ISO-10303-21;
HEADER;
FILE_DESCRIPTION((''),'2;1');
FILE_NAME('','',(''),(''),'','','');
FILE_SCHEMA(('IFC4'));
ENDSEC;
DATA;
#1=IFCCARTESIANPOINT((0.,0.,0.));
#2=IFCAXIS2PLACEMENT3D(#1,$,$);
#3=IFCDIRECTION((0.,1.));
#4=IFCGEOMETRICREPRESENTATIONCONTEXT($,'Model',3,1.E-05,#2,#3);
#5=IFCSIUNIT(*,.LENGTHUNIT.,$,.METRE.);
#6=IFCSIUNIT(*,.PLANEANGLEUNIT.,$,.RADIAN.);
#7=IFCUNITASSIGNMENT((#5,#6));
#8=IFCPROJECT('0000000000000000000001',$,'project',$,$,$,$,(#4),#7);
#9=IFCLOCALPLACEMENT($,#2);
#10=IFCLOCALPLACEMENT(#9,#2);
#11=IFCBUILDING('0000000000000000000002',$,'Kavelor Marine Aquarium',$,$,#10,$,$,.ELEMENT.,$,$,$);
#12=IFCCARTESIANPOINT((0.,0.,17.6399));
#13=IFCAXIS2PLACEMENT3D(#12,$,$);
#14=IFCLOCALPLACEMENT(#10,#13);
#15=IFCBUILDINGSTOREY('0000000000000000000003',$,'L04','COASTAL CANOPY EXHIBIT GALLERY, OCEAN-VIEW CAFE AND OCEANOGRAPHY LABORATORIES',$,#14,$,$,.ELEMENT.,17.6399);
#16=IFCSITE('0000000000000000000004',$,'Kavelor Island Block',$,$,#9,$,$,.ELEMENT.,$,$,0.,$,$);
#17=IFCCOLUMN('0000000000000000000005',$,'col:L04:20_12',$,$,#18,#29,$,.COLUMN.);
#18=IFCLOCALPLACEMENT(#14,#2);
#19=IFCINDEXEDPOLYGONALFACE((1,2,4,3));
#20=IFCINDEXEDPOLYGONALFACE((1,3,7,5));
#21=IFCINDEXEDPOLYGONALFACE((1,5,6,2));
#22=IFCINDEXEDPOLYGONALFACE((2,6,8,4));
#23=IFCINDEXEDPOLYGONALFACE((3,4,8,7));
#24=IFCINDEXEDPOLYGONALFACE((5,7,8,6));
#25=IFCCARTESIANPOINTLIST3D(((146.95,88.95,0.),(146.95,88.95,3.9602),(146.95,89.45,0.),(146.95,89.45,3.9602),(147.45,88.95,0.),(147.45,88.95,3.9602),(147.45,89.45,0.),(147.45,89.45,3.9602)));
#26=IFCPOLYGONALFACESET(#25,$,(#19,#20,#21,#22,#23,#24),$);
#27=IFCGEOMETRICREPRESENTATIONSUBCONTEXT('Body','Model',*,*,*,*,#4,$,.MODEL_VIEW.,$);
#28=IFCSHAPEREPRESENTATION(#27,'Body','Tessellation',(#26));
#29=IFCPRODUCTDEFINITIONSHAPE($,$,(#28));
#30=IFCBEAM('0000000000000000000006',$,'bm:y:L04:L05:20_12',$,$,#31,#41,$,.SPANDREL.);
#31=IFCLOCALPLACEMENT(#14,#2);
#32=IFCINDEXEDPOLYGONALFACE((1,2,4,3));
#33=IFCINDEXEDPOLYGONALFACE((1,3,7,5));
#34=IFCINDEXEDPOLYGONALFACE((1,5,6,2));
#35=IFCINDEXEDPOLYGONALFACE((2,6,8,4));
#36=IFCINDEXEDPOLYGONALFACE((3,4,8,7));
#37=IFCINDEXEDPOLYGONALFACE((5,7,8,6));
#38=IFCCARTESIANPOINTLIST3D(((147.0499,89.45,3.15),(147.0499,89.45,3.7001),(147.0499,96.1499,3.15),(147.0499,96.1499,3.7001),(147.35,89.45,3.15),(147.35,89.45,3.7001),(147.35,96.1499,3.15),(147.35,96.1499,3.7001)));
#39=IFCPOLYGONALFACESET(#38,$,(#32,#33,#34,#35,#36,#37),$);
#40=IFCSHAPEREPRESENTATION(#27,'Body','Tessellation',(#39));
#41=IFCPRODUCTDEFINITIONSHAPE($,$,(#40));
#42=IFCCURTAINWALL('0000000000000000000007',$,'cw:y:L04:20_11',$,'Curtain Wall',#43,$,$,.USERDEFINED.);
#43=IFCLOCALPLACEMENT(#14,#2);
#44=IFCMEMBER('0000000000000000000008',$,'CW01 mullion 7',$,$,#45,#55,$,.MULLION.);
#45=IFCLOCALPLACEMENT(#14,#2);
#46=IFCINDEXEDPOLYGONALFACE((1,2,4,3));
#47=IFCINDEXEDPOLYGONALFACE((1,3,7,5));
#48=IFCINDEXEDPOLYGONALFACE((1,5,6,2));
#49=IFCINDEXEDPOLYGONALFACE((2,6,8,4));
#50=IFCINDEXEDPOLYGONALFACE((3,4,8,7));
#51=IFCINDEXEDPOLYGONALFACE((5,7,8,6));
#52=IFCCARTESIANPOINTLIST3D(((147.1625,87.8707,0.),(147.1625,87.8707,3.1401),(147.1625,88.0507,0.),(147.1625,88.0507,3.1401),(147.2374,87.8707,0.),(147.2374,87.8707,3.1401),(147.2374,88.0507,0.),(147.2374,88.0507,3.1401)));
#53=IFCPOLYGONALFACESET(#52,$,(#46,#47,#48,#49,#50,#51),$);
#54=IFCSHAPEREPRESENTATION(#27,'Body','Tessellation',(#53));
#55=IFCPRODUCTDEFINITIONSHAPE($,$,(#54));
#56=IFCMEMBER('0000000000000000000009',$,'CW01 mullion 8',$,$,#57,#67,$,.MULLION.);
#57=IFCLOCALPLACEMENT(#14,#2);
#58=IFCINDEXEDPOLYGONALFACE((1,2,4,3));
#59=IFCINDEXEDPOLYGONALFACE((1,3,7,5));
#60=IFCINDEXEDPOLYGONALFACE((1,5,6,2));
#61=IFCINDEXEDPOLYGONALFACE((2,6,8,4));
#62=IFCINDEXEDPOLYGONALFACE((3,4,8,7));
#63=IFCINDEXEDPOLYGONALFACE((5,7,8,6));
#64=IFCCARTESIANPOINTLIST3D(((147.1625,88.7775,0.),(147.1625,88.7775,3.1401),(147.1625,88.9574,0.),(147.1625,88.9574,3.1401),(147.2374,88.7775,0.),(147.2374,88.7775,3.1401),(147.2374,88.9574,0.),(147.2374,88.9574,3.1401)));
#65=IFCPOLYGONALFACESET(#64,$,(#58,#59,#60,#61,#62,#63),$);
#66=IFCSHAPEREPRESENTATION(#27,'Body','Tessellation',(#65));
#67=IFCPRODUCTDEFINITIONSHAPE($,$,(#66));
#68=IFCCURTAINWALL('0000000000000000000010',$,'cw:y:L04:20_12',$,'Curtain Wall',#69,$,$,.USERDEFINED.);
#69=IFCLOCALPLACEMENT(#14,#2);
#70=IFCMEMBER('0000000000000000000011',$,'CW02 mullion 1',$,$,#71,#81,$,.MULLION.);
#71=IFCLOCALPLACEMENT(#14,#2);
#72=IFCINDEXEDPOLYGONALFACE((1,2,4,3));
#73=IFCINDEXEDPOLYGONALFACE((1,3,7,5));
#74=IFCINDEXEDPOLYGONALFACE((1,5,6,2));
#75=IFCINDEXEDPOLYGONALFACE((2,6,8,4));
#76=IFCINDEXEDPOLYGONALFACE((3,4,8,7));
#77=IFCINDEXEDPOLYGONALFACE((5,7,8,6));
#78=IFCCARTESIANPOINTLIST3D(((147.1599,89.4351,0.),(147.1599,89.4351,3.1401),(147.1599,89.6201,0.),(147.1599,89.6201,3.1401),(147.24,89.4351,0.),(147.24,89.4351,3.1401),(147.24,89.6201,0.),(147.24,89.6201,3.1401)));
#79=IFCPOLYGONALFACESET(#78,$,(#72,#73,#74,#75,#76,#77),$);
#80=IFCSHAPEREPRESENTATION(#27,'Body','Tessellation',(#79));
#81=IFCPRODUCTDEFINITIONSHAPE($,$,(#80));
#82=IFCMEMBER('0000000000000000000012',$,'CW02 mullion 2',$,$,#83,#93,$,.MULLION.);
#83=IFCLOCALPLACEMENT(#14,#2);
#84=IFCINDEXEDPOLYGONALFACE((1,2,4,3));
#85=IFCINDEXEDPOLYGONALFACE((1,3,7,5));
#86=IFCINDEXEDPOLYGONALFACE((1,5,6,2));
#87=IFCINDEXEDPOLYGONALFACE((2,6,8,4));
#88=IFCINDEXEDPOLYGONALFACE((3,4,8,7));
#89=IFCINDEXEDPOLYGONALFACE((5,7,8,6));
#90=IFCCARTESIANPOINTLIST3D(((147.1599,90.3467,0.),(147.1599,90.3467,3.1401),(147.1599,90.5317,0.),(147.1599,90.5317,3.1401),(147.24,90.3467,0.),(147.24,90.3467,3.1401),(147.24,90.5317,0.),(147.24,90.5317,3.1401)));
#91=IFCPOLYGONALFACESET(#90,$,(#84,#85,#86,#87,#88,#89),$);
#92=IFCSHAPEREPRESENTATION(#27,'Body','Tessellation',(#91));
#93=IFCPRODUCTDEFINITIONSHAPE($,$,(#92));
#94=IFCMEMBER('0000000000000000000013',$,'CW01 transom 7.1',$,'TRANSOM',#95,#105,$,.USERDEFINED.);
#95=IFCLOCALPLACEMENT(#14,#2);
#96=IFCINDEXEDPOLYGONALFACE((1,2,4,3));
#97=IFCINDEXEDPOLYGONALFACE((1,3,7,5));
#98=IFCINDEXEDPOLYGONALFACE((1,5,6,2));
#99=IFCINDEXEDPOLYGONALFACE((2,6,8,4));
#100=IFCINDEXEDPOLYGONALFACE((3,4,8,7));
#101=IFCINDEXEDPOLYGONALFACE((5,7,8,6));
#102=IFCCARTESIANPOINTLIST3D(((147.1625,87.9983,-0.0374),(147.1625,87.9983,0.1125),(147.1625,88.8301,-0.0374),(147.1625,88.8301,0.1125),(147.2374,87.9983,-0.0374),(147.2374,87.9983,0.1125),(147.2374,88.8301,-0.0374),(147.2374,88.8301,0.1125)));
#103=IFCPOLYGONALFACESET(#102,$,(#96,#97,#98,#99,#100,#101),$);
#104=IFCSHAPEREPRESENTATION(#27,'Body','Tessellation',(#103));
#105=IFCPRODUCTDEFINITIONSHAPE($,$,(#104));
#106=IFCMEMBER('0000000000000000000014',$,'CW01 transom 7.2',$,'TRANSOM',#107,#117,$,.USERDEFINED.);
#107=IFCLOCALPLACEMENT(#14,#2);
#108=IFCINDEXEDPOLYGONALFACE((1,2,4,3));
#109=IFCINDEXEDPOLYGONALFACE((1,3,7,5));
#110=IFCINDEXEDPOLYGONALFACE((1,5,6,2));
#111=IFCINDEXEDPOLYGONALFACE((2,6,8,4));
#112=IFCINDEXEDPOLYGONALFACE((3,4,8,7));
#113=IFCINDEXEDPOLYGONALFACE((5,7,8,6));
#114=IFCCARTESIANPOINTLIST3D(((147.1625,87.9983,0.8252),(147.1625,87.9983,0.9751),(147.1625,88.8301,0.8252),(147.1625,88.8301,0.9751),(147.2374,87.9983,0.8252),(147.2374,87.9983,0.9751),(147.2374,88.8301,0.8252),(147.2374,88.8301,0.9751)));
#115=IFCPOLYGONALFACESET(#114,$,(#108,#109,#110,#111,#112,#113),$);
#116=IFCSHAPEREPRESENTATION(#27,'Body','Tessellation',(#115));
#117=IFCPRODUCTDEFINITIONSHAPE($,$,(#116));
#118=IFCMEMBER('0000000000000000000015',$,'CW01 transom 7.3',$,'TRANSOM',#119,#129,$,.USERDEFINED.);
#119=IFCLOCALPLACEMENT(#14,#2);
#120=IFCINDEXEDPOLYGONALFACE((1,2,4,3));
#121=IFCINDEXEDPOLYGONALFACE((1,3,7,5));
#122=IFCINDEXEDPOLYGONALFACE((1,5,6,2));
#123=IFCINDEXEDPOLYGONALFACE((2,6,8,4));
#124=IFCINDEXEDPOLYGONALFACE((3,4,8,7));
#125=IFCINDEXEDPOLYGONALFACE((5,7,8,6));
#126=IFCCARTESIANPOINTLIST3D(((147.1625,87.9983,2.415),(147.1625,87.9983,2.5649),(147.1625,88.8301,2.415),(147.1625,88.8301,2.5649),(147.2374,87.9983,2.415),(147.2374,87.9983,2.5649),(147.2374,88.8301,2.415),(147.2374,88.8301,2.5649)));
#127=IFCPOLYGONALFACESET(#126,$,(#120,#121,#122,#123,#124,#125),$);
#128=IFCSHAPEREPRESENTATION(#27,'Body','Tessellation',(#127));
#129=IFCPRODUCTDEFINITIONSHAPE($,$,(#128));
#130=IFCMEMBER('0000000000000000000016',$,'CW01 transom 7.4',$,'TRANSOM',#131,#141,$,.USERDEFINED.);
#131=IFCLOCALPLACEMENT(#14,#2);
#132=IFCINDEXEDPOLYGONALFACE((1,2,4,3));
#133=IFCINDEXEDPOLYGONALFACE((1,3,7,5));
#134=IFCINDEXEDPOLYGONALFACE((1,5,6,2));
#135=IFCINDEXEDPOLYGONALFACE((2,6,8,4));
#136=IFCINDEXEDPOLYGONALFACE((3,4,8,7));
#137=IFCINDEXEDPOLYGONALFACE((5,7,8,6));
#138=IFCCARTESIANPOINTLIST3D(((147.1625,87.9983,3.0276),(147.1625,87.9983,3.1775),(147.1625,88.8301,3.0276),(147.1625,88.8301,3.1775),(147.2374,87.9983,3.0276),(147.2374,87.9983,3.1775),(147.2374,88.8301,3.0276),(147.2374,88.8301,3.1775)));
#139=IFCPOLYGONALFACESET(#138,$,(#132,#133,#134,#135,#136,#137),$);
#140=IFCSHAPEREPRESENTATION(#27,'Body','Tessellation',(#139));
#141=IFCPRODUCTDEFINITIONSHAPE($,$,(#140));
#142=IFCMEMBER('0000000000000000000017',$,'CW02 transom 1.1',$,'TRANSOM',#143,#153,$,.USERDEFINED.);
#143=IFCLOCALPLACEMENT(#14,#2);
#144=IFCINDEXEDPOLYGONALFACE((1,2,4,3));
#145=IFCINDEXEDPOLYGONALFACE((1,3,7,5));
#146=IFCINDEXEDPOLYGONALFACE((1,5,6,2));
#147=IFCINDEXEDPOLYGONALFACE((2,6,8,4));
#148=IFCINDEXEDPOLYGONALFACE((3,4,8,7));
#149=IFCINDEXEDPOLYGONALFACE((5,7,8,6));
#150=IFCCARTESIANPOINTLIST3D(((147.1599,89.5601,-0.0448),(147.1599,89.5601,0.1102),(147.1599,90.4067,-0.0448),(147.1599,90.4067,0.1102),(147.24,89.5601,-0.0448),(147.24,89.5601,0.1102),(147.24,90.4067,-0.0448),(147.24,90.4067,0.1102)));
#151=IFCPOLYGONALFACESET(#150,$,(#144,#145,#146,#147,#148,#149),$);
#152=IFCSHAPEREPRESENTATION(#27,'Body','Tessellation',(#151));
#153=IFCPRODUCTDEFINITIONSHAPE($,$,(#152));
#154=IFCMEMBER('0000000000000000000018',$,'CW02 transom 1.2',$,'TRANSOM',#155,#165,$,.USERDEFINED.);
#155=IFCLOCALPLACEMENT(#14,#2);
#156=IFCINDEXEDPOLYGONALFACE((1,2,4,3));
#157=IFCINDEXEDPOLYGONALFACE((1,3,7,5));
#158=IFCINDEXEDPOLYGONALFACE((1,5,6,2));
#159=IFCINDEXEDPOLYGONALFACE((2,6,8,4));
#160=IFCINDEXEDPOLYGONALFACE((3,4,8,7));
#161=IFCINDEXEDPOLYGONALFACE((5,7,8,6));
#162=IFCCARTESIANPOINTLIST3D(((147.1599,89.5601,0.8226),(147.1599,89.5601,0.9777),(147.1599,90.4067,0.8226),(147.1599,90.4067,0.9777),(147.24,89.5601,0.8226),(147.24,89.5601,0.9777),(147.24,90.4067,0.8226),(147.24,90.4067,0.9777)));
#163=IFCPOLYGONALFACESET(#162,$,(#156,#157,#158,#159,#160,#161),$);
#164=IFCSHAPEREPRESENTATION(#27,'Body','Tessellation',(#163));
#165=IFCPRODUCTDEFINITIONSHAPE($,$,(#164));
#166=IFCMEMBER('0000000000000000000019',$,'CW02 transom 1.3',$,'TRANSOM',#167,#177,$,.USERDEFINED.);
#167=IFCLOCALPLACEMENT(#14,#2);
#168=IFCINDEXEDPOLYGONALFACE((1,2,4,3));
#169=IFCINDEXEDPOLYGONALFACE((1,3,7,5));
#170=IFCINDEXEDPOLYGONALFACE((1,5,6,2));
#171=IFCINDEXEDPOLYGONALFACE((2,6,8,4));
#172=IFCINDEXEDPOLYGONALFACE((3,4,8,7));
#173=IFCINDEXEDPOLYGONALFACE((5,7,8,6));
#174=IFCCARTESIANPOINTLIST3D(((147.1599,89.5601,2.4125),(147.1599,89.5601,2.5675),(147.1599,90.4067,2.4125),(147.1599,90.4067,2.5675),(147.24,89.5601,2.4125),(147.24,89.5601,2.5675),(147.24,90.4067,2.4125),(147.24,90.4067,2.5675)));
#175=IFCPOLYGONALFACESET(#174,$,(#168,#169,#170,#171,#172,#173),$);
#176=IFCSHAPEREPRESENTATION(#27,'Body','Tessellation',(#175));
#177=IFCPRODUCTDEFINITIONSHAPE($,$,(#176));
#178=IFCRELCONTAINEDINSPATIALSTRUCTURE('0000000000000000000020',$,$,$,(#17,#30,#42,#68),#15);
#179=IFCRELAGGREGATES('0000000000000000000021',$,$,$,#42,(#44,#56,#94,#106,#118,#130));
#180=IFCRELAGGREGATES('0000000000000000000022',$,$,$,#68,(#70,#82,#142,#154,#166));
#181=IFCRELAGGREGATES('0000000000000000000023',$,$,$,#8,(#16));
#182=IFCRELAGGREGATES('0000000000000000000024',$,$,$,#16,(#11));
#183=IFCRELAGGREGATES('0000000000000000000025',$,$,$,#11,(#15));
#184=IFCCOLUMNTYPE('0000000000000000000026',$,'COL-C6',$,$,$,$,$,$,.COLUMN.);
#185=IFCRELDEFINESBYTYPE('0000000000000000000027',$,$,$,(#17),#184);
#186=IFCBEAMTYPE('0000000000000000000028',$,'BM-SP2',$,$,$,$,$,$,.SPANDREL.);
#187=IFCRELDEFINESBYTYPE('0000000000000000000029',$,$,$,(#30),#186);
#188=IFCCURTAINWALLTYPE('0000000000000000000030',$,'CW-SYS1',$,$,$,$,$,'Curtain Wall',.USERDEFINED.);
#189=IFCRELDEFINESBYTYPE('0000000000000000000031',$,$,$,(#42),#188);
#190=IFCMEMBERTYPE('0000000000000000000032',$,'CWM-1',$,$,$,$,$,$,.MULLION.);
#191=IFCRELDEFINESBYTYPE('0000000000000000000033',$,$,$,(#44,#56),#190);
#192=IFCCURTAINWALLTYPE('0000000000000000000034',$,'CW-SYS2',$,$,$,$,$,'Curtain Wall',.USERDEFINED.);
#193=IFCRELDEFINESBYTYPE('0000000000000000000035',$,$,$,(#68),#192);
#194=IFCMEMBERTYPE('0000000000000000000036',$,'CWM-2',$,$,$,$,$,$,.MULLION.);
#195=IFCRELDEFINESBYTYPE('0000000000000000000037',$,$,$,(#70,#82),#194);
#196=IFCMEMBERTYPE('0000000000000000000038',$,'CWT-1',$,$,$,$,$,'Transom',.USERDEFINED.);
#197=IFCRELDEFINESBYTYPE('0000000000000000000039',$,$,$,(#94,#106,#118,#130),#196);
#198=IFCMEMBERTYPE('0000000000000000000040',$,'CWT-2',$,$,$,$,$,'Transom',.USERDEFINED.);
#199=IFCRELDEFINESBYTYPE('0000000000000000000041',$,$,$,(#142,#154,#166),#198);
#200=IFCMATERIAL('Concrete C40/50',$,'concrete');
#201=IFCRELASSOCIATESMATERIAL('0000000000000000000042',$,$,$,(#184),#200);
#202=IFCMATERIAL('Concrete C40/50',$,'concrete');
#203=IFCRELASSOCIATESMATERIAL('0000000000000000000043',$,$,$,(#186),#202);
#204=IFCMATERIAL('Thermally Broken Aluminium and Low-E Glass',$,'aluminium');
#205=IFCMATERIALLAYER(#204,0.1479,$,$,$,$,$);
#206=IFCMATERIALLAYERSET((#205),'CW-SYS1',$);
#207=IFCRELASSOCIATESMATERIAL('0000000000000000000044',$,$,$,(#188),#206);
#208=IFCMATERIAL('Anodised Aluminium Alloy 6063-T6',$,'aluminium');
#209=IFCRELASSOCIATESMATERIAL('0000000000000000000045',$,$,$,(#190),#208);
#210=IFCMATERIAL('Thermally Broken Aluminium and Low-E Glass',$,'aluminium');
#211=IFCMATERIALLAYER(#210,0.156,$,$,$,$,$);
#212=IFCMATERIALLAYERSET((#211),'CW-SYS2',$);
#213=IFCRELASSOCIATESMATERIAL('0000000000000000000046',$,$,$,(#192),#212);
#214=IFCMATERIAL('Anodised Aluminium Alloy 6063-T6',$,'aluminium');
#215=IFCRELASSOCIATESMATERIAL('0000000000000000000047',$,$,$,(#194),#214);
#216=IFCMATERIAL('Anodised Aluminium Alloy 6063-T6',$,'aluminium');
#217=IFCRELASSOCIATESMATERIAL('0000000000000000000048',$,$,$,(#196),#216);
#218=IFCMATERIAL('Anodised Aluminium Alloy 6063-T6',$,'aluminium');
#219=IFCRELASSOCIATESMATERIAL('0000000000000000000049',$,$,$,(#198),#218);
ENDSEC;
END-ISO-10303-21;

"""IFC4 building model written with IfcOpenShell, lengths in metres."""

from ifc_helpers import new_model, si_unit, direction, frame, origin, origin_2d, place, context, subcontext, project, spatial, rectangle, extrude, material, layer, layer_set, material_profile, profile_set, type_object, element, aggregate, save


model = new_model("IFC4")

# Units and contexts
model_context = context("Model", 3, precision=1e-05, world=origin(), true_north=direction((0.0, 1.0)))
body_context = subcontext(model_context, "Body", "Model", "MODEL_VIEW")
ifc_project = project(units=[si_unit("LENGTHUNIT", "METRE"), si_unit("PLANEANGLEUNIT", "RADIAN")], contexts=[model_context])

# Site, building, storey
site_placement = place(None, origin())
site = spatial("IfcSite", under=ifc_project, at=site_placement, Name="Kavelor Island Block", CompositionType="ELEMENT", RefElevation=0.0)
building_placement = place(site_placement, origin())
building = spatial("IfcBuilding", under=site, at=building_placement, Name="Kavelor Marine Aquarium", CompositionType="ELEMENT")
storey_placement = place(building_placement, frame((0.0, 0.0, 17.6399)))
storey = spatial("IfcBuildingStorey", under=building, at=storey_placement, Name="L04", Description="COASTAL CANOPY EXHIBIT GALLERY, OCEAN-VIEW CAFE AND OCEANOGRAPHY LABORATORIES", CompositionType="ELEMENT", Elevation=17.6399)

# Column
ifc_material_1 = material(Name="Concrete C40/50", Category="concrete")
ifc_material_profile_1 = material_profile(ifc_material_1, rectangle(XDim=0.5, YDim=0.5, at=origin_2d()), Name="RC-COL 500x500")
ifc_profile_set_1 = profile_set([ifc_material_profile_1], Name="Concrete C40/50")
column_type = type_object("IfcColumnType", Name="COL-C6", PredefinedType="COLUMN", material=ifc_profile_set_1)
column_placement = place(storey_placement, frame((147.2, 89.2, 0.0), z_axis=(0.0, 0.0, 1.0), x_axis=(1.0, 0.0, 0.0)))
element("IfcColumn", 1, at=column_placement, inside=storey, type_object=column_type, Name="col:L04:20_12", PredefinedType="COLUMN", context=body_context, shape_type="SweptSolid", body=[
    extrude(rectangle(XDim=0.5, YDim=0.5, at=origin_2d()), origin(), (0.0, 0.0, 1.0), 3.9602),
])

# Beam
ifc_material_2 = material(Name="Concrete C40/50", Category="concrete")
ifc_material_profile_2 = material_profile(ifc_material_2, rectangle(XDim=0.3, YDim=0.55, at=origin_2d()), Name="RC-SP 300x550")
ifc_profile_set_2 = profile_set([ifc_material_profile_2], Name="Concrete C40/50")
beam_type = type_object("IfcBeamType", Name="BM-SP2", PredefinedType="SPANDREL", material=ifc_profile_set_2)
beam_placement = place(storey_placement, frame((147.2, 89.45, 3.425), z_axis=(0.0, 1.0, 0.0), x_axis=(-1.0, 0.0, 0.0)))
element("IfcBeam", 2, at=beam_placement, inside=storey, type_object=beam_type, Name="bm:y:L04:L05:20_12", PredefinedType="SPANDREL", context=body_context, shape_type="SweptSolid", body=[
    extrude(rectangle(XDim=0.3, YDim=0.55, at=origin_2d()), origin(), (0.0, 0.0, 1.0), 6.7),
])

# Curtain walls, members
ifc_material_3 = material(Name="Thermally Broken Aluminium and Low-E Glass", Category="aluminium")
ifc_layer_1 = layer(ifc_material_3, 0.1479)
ifc_layer_set_1 = layer_set([ifc_layer_1], Name="CW-SYS1")
curtain_wall_type_1 = type_object("IfcCurtainWallType", Name="CW-SYS1", ElementType="Curtain Wall", PredefinedType="USERDEFINED", material=ifc_layer_set_1)
curtain_wall_1_placement = place(storey_placement, origin())
curtain_wall_1 = element("IfcCurtainWall", 3, at=curtain_wall_1_placement, inside=storey, type_object=curtain_wall_type_1, Name="cw:y:L04:20_11", ObjectType="Curtain Wall", PredefinedType="USERDEFINED")
ifc_material_4 = material(Name="Anodised Aluminium Alloy 6063-T6", Category="aluminium")
ifc_material_profile_3 = material_profile(ifc_material_4, rectangle(XDim=0.075, YDim=0.1799, at=origin_2d()), Name="CW-MUL 75x180")
ifc_profile_set_3 = profile_set([ifc_material_profile_3], Name="Anodised Aluminium Alloy 6063-T6")
member_type_1 = type_object("IfcMemberType", Name="CWM-1", PredefinedType="MULLION", material=ifc_profile_set_3)
member_1_placement = place(storey_placement, frame((147.2, 87.9607, 0.0), z_axis=(0.0, 0.0, 1.0), x_axis=(-1.0, 0.0, 0.0)))
member_1 = element("IfcMember", 4, at=member_1_placement, type_object=member_type_1, Name="CW01 mullion 7", PredefinedType="MULLION", context=body_context, shape_type="SweptSolid", body=[
    extrude(rectangle(XDim=0.075, YDim=0.1799, at=origin_2d()), origin(), (0.0, 0.0, 1.0), 3.1401),
])
member_2_placement = place(storey_placement, frame((147.2, 88.8674, 0.0), z_axis=(0.0, 0.0, 1.0), x_axis=(-1.0, 0.0, 0.0)))
member_2 = element("IfcMember", 5, at=member_2_placement, type_object=member_type_1, Name="CW01 mullion 8", PredefinedType="MULLION", context=body_context, shape_type="SweptSolid", body=[
    extrude(rectangle(XDim=0.075, YDim=0.1799, at=origin_2d()), origin(), (0.0, 0.0, 1.0), 3.1401),
])
ifc_material_5 = material(Name="Thermally Broken Aluminium and Low-E Glass", Category="aluminium")
ifc_layer_2 = layer(ifc_material_5, 0.156)
ifc_layer_set_2 = layer_set([ifc_layer_2], Name="CW-SYS2")
curtain_wall_type_2 = type_object("IfcCurtainWallType", Name="CW-SYS2", ElementType="Curtain Wall", PredefinedType="USERDEFINED", material=ifc_layer_set_2)
curtain_wall_2_placement = place(storey_placement, origin())
curtain_wall_2 = element("IfcCurtainWall", 6, at=curtain_wall_2_placement, inside=storey, type_object=curtain_wall_type_2, Name="cw:y:L04:20_12", ObjectType="Curtain Wall", PredefinedType="USERDEFINED")
ifc_material_6 = material(Name="Anodised Aluminium Alloy 6063-T6", Category="aluminium")
ifc_material_profile_4 = material_profile(ifc_material_6, rectangle(XDim=0.0801, YDim=0.1851, at=origin_2d()), Name="CW-MUL 80x185")
ifc_profile_set_4 = profile_set([ifc_material_profile_4], Name="Anodised Aluminium Alloy 6063-T6")
member_type_2 = type_object("IfcMemberType", Name="CWM-2", PredefinedType="MULLION", material=ifc_profile_set_4)
member_3_placement = place(storey_placement, frame((147.2, 89.5276, 0.0), z_axis=(0.0, 0.0, 1.0), x_axis=(-1.0, 0.0, 0.0)))
member_3 = element("IfcMember", 7, at=member_3_placement, type_object=member_type_2, Name="CW02 mullion 1", PredefinedType="MULLION", context=body_context, shape_type="SweptSolid", body=[
    extrude(rectangle(XDim=0.0801, YDim=0.1851, at=origin_2d()), origin(), (0.0, 0.0, 1.0), 3.1401),
])
member_4_placement = place(storey_placement, frame((147.2, 90.4392, 0.0), z_axis=(0.0, 0.0, 1.0), x_axis=(-1.0, 0.0, 0.0)))
member_4 = element("IfcMember", 8, at=member_4_placement, type_object=member_type_2, Name="CW02 mullion 2", PredefinedType="MULLION", context=body_context, shape_type="SweptSolid", body=[
    extrude(rectangle(XDim=0.0801, YDim=0.1851, at=origin_2d()), origin(), (0.0, 0.0, 1.0), 3.1401),
])

# Members
ifc_material_7 = material(Name="Anodised Aluminium Alloy 6063-T6", Category="aluminium")
ifc_material_profile_5 = material_profile(ifc_material_7, rectangle(XDim=0.075, YDim=0.1499, at=origin_2d()), Name="CW-TRN 75x150")
ifc_profile_set_5 = profile_set([ifc_material_profile_5], Name="Anodised Aluminium Alloy 6063-T6")
member_type_3 = type_object("IfcMemberType", Name="CWT-1", ElementType="Transom", PredefinedType="USERDEFINED", material=ifc_profile_set_5)
member_5_placement = place(storey_placement, frame((147.2, 87.9983, 0.0376), z_axis=(0.0, 1.0, 0.0), x_axis=(-1.0, 0.0, 0.0)))
member_5 = element("IfcMember", 9, at=member_5_placement, type_object=member_type_3, Name="CW01 transom 7.1", ObjectType="TRANSOM", PredefinedType="USERDEFINED", context=body_context, shape_type="SweptSolid", body=[
    extrude(rectangle(XDim=0.075, YDim=0.1499, at=origin_2d()), origin(), (0.0, 0.0, 1.0), 0.8318),
])
member_6_placement = place(storey_placement, frame((147.2, 87.9983, 0.9001), z_axis=(0.0, 1.0, 0.0), x_axis=(-1.0, 0.0, 0.0)))
member_6 = element("IfcMember", 10, at=member_6_placement, type_object=member_type_3, Name="CW01 transom 7.2", ObjectType="TRANSOM", PredefinedType="USERDEFINED", context=body_context, shape_type="SweptSolid", body=[
    extrude(rectangle(XDim=0.075, YDim=0.1499, at=origin_2d()), origin(), (0.0, 0.0, 1.0), 0.8318),
])
member_7_placement = place(storey_placement, frame((147.2, 87.9983, 2.49), z_axis=(0.0, 1.0, 0.0), x_axis=(-1.0, 0.0, 0.0)))
member_7 = element("IfcMember", 11, at=member_7_placement, type_object=member_type_3, Name="CW01 transom 7.3", ObjectType="TRANSOM", PredefinedType="USERDEFINED", context=body_context, shape_type="SweptSolid", body=[
    extrude(rectangle(XDim=0.075, YDim=0.1499, at=origin_2d()), origin(), (0.0, 0.0, 1.0), 0.8318),
])
member_8_placement = place(storey_placement, frame((147.2, 87.9983, 3.1025), z_axis=(0.0, 1.0, 0.0), x_axis=(-1.0, 0.0, 0.0)))
member_8 = element("IfcMember", 12, at=member_8_placement, type_object=member_type_3, Name="CW01 transom 7.4", ObjectType="TRANSOM", PredefinedType="USERDEFINED", context=body_context, shape_type="SweptSolid", body=[
    extrude(rectangle(XDim=0.075, YDim=0.1499, at=origin_2d()), origin(), (0.0, 0.0, 1.0), 0.8318),
])
ifc_material_8 = material(Name="Anodised Aluminium Alloy 6063-T6", Category="aluminium")
ifc_material_profile_6 = material_profile(ifc_material_8, rectangle(XDim=0.0801, YDim=0.155, at=origin_2d()), Name="CW-TRN 80x155")
ifc_profile_set_6 = profile_set([ifc_material_profile_6], Name="Anodised Aluminium Alloy 6063-T6")
member_type_4 = type_object("IfcMemberType", Name="CWT-2", ElementType="Transom", PredefinedType="USERDEFINED", material=ifc_profile_set_6)
member_9_placement = place(storey_placement, frame((147.2, 89.5601, 0.0327), z_axis=(0.0, 1.0, 0.0), x_axis=(-1.0, 0.0, 0.0)))
member_9 = element("IfcMember", 13, at=member_9_placement, type_object=member_type_4, Name="CW02 transom 1.1", ObjectType="TRANSOM", PredefinedType="USERDEFINED", context=body_context, shape_type="SweptSolid", body=[
    extrude(rectangle(XDim=0.0801, YDim=0.155, at=origin_2d()), origin(), (0.0, 0.0, 1.0), 0.8467),
])
member_10_placement = place(storey_placement, frame((147.2, 89.5601, 0.9001), z_axis=(0.0, 1.0, 0.0), x_axis=(-1.0, 0.0, 0.0)))
member_10 = element("IfcMember", 14, at=member_10_placement, type_object=member_type_4, Name="CW02 transom 1.2", ObjectType="TRANSOM", PredefinedType="USERDEFINED", context=body_context, shape_type="SweptSolid", body=[
    extrude(rectangle(XDim=0.0801, YDim=0.155, at=origin_2d()), origin(), (0.0, 0.0, 1.0), 0.8467),
])
member_11_placement = place(storey_placement, frame((147.2, 89.5601, 2.49), z_axis=(0.0, 1.0, 0.0), x_axis=(-1.0, 0.0, 0.0)))
member_11 = element("IfcMember", 15, at=member_11_placement, type_object=member_type_4, Name="CW02 transom 1.3", ObjectType="TRANSOM", PredefinedType="USERDEFINED", context=body_context, shape_type="SweptSolid", body=[
    extrude(rectangle(XDim=0.0801, YDim=0.155, at=origin_2d()), origin(), (0.0, 0.0, 1.0), 0.8467),
])

aggregate(curtain_wall_1, [member_1, member_2, member_5, member_6, member_7, member_8])
aggregate(curtain_wall_2, [member_3, member_4, member_9, member_10, member_11])

save(model, "model.ifc")
